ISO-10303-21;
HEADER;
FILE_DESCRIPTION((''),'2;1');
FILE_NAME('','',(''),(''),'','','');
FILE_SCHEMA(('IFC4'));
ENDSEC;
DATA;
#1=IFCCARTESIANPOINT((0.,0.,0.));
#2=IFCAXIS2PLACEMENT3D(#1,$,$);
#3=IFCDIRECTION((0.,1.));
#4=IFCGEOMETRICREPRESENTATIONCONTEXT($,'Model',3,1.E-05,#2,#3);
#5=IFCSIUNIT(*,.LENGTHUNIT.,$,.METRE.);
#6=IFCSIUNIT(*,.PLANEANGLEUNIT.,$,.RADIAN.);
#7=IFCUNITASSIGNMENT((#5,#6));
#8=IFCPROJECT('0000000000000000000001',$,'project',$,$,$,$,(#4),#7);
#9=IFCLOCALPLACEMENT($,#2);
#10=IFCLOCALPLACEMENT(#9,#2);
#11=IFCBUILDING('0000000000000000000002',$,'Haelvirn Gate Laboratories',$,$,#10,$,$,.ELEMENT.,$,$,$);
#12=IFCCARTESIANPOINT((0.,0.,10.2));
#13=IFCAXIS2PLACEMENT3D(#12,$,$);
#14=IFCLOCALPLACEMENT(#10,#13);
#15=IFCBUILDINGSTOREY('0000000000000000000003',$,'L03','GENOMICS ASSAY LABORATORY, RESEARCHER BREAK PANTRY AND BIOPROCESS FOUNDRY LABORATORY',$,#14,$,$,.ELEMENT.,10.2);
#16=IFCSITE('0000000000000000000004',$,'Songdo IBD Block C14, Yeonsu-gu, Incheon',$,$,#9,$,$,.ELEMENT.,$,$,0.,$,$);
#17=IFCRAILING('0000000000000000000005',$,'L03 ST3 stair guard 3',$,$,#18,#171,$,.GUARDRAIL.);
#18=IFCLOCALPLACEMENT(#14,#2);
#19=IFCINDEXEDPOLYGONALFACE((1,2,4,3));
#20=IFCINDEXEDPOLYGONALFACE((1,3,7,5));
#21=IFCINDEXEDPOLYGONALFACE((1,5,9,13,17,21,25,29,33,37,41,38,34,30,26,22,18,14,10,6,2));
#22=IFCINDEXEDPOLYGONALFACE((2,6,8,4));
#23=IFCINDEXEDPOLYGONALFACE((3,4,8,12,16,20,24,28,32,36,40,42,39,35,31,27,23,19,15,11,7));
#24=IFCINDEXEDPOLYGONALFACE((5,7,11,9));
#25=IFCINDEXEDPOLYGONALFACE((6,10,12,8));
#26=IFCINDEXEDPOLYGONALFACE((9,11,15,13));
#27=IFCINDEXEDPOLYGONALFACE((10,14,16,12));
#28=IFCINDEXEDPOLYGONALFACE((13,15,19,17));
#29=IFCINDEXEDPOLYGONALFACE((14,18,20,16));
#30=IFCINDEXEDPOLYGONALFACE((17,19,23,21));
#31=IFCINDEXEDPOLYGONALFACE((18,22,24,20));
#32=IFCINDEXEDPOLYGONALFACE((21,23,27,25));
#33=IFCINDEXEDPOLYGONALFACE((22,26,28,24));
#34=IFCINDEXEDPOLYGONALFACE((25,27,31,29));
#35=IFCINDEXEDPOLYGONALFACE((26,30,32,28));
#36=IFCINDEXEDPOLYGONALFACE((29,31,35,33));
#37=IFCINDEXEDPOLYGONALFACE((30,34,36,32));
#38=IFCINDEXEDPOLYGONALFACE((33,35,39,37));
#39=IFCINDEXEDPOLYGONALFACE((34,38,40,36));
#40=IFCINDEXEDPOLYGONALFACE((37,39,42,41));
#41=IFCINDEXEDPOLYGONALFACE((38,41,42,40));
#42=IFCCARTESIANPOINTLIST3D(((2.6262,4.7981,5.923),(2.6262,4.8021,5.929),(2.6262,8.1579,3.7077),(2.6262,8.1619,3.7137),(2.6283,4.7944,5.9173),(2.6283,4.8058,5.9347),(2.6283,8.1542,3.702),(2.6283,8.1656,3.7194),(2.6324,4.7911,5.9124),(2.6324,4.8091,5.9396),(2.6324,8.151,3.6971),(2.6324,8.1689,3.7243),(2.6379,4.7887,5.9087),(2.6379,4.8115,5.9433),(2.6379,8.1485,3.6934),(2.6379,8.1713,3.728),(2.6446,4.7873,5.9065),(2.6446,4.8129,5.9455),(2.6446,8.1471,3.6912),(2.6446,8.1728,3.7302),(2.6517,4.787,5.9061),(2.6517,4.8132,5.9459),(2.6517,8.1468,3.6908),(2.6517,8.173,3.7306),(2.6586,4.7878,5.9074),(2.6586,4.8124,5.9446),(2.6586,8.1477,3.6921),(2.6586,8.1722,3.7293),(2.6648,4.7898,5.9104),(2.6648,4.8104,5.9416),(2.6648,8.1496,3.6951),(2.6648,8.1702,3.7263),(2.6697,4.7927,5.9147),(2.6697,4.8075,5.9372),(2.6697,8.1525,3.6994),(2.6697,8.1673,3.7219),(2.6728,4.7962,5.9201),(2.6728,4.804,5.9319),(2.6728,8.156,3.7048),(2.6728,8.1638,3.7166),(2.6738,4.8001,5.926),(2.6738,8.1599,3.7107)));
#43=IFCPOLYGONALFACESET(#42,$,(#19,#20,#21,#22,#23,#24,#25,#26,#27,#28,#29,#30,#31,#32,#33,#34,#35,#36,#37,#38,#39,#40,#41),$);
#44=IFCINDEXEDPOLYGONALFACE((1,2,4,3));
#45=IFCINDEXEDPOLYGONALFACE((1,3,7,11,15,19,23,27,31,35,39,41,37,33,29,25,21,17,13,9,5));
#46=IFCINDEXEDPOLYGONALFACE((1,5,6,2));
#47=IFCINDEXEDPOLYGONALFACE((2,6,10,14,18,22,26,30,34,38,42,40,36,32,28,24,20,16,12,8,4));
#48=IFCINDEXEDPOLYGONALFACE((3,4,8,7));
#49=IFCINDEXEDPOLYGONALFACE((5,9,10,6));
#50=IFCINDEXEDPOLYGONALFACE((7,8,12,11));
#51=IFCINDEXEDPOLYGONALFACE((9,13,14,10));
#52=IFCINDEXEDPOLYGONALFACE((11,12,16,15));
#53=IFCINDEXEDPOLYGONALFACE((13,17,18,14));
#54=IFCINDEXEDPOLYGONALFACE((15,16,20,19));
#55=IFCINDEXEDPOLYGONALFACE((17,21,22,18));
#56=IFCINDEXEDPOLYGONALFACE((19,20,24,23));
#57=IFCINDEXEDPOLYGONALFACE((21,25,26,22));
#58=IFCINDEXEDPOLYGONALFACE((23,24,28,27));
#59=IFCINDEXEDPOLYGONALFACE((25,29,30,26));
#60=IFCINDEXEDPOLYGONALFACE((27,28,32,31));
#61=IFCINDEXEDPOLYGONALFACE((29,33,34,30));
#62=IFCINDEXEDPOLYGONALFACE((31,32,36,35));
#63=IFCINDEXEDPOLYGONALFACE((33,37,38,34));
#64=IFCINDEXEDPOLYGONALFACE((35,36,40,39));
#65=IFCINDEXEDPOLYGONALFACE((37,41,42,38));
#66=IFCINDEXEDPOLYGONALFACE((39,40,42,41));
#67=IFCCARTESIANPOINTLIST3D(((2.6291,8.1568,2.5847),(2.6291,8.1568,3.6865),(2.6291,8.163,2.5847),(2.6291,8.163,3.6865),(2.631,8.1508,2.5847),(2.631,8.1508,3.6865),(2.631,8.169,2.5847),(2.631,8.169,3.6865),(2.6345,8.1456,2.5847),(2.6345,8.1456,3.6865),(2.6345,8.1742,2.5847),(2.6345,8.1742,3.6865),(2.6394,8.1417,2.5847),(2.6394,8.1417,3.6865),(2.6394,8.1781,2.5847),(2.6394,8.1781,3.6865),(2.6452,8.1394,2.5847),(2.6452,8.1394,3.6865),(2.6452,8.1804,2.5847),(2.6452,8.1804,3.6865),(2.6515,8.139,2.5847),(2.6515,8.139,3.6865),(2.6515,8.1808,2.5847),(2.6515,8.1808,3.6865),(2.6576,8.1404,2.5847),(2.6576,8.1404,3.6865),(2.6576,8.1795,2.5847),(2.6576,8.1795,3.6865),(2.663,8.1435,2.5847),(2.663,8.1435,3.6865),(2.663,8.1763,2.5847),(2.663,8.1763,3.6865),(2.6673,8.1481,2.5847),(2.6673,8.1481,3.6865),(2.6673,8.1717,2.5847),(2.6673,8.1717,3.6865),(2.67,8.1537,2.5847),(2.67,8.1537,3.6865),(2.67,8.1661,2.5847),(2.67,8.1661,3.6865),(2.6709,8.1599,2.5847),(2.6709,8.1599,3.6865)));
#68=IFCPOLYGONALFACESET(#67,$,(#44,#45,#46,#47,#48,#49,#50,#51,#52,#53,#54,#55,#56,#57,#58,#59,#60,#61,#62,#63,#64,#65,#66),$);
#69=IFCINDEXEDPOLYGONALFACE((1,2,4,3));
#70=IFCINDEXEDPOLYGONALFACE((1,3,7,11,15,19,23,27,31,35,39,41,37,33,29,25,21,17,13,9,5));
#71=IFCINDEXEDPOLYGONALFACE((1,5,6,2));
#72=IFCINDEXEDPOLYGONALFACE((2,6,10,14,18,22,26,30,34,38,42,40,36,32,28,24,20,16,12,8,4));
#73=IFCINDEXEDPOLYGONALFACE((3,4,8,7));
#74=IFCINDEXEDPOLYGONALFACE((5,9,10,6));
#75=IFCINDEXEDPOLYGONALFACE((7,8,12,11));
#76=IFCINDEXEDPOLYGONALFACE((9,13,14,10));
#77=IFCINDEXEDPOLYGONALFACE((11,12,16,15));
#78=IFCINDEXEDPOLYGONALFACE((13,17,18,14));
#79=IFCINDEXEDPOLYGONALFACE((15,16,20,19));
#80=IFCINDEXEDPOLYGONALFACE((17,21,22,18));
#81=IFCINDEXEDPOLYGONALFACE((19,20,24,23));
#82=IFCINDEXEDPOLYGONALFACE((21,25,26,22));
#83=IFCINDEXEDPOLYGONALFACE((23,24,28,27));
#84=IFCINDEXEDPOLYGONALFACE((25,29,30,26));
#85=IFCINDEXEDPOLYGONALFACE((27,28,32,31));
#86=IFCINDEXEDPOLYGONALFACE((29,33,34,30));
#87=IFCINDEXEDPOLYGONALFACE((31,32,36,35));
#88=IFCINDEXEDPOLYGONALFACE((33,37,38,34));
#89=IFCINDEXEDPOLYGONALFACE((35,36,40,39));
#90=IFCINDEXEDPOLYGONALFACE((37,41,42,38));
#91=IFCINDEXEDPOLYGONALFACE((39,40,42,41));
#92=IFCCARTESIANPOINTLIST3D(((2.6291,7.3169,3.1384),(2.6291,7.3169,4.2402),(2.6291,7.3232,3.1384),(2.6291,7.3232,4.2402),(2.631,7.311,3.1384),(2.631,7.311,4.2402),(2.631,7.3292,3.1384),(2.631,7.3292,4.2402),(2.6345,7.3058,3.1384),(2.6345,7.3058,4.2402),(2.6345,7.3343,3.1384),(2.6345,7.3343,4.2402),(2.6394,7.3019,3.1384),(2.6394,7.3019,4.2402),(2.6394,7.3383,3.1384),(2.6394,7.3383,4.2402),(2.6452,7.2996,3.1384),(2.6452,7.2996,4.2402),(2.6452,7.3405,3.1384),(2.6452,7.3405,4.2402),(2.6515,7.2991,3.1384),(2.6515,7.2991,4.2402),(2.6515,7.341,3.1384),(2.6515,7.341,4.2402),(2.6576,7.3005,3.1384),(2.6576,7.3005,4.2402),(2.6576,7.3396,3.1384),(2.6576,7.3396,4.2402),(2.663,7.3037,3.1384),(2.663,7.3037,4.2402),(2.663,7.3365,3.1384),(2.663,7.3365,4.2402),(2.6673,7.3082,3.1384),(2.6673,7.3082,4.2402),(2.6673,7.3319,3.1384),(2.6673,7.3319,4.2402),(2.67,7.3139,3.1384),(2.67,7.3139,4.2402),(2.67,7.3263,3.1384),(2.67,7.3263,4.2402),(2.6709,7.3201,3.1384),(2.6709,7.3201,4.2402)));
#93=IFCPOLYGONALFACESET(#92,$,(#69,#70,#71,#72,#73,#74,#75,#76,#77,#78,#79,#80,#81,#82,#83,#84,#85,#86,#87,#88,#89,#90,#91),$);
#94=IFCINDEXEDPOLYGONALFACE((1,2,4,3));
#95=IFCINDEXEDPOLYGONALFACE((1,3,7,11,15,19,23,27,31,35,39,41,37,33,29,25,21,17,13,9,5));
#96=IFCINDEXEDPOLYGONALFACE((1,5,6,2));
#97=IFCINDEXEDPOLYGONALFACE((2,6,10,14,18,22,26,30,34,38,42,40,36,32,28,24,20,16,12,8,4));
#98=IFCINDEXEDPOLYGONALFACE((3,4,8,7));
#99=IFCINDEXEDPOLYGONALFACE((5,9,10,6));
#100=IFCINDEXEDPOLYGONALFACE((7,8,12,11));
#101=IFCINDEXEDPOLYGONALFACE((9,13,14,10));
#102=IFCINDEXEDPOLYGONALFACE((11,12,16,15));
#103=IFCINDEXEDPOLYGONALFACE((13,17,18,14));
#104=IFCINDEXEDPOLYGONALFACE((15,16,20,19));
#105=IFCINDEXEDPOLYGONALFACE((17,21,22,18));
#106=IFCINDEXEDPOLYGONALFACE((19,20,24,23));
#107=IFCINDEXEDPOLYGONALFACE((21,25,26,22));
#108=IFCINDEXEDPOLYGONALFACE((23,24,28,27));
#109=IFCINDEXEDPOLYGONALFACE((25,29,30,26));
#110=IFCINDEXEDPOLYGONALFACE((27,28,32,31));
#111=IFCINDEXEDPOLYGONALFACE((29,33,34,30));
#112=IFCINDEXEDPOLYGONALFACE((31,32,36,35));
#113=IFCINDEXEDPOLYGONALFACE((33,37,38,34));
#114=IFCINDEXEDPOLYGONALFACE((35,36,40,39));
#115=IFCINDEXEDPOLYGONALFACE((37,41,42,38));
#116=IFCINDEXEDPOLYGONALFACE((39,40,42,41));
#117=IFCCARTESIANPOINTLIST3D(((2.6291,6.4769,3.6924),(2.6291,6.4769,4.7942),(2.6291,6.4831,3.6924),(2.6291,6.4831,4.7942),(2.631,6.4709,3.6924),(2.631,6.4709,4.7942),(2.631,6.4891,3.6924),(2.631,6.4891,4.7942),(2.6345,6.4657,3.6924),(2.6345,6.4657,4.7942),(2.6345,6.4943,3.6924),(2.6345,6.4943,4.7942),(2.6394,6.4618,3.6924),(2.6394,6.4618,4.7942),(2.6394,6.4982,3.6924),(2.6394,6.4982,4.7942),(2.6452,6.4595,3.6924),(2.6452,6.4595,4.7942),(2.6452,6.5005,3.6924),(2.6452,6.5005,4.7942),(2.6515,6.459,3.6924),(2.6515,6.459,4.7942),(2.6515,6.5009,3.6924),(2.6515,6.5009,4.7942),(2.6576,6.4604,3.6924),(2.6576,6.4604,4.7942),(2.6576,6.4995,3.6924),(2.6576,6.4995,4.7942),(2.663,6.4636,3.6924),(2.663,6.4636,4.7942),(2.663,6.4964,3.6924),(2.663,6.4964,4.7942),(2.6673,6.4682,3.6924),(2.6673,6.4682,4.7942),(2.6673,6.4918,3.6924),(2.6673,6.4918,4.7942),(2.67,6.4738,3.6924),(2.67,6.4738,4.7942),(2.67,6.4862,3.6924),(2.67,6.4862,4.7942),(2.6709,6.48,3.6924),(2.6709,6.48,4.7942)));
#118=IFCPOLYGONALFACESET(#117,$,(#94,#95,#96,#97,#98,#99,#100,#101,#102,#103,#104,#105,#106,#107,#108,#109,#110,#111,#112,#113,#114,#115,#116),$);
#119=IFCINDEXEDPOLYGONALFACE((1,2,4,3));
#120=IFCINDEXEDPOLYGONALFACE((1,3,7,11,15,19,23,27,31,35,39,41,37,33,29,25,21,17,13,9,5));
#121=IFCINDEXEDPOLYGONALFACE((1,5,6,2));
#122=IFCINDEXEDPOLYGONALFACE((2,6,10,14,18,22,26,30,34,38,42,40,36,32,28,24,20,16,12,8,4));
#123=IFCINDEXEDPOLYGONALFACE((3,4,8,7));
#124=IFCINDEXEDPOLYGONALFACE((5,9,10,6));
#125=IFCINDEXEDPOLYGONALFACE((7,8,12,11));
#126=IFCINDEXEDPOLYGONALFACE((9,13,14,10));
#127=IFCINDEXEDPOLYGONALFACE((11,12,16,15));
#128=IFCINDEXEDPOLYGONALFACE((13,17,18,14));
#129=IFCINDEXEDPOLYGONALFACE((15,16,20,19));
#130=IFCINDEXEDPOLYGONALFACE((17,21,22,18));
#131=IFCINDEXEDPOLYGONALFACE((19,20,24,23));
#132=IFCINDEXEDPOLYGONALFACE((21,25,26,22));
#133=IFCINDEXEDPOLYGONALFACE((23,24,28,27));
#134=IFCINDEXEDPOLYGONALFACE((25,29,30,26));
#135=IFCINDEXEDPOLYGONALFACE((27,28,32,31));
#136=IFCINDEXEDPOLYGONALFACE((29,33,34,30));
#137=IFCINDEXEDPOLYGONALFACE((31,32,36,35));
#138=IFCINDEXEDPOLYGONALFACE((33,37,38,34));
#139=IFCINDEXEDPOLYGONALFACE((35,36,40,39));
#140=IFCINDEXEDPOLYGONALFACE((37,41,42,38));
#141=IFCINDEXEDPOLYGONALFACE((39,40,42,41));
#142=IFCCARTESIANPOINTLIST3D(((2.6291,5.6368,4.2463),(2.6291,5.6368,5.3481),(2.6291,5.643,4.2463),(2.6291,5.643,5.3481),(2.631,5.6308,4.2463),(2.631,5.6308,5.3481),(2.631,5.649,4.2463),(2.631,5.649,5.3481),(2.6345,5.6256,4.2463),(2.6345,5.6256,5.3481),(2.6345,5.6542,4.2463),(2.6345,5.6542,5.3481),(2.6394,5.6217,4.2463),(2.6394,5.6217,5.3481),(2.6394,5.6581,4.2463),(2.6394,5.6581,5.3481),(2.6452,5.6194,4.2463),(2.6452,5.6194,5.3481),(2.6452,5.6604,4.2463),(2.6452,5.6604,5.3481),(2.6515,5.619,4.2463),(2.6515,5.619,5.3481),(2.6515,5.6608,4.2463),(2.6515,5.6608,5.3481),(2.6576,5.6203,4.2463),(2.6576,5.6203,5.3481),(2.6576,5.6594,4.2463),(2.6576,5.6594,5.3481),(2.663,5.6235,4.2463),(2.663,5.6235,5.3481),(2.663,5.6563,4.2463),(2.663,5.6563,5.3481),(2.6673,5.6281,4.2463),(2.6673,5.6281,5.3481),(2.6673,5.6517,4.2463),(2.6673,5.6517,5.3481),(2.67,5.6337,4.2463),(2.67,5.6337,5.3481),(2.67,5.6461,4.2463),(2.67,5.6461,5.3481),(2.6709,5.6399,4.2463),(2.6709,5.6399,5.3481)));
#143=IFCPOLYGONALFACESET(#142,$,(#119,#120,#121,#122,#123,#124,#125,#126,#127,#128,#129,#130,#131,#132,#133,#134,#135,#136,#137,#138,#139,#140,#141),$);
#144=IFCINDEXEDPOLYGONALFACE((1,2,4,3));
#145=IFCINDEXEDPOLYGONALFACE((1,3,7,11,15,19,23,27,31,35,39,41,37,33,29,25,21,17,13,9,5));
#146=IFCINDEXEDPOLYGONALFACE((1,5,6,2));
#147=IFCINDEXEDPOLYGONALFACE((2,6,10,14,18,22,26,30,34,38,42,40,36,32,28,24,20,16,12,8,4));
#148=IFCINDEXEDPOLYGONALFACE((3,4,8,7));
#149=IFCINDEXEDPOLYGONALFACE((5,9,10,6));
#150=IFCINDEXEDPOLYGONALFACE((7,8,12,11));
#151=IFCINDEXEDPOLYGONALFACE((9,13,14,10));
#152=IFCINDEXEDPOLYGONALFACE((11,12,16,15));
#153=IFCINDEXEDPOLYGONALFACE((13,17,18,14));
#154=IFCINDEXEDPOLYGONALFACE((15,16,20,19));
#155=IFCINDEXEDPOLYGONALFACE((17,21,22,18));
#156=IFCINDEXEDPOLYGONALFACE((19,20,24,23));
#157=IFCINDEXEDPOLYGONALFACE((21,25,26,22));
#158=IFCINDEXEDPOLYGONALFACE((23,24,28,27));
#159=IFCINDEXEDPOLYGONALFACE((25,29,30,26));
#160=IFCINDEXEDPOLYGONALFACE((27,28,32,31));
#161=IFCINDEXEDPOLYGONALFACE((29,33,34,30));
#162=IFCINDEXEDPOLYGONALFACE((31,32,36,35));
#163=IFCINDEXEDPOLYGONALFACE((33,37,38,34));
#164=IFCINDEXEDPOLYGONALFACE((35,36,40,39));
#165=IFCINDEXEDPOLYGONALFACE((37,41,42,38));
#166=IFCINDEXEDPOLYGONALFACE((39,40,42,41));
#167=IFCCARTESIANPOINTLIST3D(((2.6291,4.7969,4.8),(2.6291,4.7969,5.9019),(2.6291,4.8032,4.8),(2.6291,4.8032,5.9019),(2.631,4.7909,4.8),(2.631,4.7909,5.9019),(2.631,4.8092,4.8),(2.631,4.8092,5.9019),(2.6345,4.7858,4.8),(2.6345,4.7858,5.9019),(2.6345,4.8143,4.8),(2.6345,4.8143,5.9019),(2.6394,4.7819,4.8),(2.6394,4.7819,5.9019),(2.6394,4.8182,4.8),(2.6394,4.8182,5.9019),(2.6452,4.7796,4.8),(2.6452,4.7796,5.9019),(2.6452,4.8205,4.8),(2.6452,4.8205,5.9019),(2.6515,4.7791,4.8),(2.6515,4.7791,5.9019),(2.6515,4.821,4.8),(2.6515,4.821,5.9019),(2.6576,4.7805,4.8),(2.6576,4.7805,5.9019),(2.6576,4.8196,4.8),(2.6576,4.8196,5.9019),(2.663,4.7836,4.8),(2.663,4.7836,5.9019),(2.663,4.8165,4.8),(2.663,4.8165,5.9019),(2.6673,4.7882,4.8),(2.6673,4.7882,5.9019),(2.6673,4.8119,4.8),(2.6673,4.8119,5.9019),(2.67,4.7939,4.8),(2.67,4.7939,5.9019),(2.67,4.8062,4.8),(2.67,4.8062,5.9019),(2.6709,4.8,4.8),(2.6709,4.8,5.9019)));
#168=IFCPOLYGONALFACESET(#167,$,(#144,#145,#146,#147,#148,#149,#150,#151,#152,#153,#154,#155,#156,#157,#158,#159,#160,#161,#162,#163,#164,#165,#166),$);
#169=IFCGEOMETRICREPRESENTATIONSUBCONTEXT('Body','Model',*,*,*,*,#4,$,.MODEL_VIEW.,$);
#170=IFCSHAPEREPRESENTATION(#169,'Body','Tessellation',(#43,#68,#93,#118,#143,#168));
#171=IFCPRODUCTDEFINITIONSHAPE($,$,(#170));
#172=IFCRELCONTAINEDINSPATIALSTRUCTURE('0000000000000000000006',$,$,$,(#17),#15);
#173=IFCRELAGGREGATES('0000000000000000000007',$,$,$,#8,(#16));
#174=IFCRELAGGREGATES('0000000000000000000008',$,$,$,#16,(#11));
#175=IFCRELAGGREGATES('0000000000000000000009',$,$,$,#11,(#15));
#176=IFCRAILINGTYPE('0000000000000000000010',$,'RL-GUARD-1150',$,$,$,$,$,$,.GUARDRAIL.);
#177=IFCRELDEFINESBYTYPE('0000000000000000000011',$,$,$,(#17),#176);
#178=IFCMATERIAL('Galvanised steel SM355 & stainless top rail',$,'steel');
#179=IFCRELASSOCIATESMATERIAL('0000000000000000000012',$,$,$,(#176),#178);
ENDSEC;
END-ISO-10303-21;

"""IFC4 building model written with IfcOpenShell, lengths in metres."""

from ifc_helpers import new_model, si_unit, direction, frame, origin, origin_2d, place, context, subcontext, project, spatial, circle, extrude, source, transform, mapped, material, type_object, element, save


model = new_model("IFC4")

# Units and contexts
model_context = context("Model", 3, precision=1e-05, world=origin(), true_north=direction((0.0, 1.0)))
body_context = subcontext(model_context, "Body", "Model", "MODEL_VIEW")
ifc_project = project(units=[si_unit("LENGTHUNIT", "METRE"), si_unit("PLANEANGLEUNIT", "RADIAN")], contexts=[model_context])

# Site, building, storey
site_placement = place(None, origin())
site = spatial("IfcSite", under=ifc_project, at=site_placement, Name="Songdo IBD Block C14, Yeonsu-gu, Incheon", CompositionType="ELEMENT", RefElevation=0.0)
building_placement = place(site_placement, origin())
building = spatial("IfcBuilding", under=site, at=building_placement, Name="Haelvirn Gate Laboratories", CompositionType="ELEMENT")
storey_placement = place(building_placement, frame((0.0, 0.0, 10.2)))
storey = spatial("IfcBuildingStorey", under=building, at=storey_placement, Name="L03", Description="GENOMICS ASSAY LABORATORY, RESEARCHER BREAK PANTRY AND BIOPROCESS FOUNDRY LABORATORY", CompositionType="ELEMENT", Elevation=10.2)

# Railing
ifc_material_1 = material(Name="Galvanised steel SM355 & stainless top rail", Category="steel")
railing_type_1 = type_object("IfcRailingType", Name="RL-GUARD-1150", PredefinedType="GUARDRAIL", material=ifc_material_1)
shared_shape_1 = source(origin(), body_context, "Body", "SweptSolid", [
    extrude(circle(Radius=0.0239, at=origin_2d()), frame((0.0, 0.0, 1.126), z_axis=(0.0, -0.834858, 0.550465), x_axis=(1.0, 0.0, 0.0)), (0.0, 0.0, 1.0), 4.0244),
    extrude(circle(Radius=0.021, at=origin_2d()), origin(), (0.0, 0.0, 1.0), 1.1018),
    extrude(circle(Radius=0.021, at=origin_2d()), frame((0.0, -0.8398, 0.5537)), (0.0, 0.0, 1.0), 1.1018),
    extrude(circle(Radius=0.021, at=origin_2d()), frame((0.0, -1.6799, 1.1077)), (0.0, 0.0, 1.0), 1.1018),
    extrude(circle(Radius=0.021, at=origin_2d()), frame((0.0, -2.52, 1.6616)), (0.0, 0.0, 1.0), 1.1018),
    extrude(circle(Radius=0.021, at=origin_2d()), frame((0.0, -3.3599, 2.2153)), (0.0, 0.0, 1.0), 1.1018),
])
railing_1_placement = place(storey_placement, frame((2.6499, 8.1599, 2.5847)))
element("IfcRailing", 1, at=railing_1_placement, inside=storey, type_object=railing_type_1, Name="L03 ST3 stair guard 3", PredefinedType="GUARDRAIL", context=body_context, shape_type="MappedRepresentation", body=[
    mapped(shared_shape_1, transform((0.0, 0.0, 0.0), scale=1.0)),
])

save(model, "model.ifc")
